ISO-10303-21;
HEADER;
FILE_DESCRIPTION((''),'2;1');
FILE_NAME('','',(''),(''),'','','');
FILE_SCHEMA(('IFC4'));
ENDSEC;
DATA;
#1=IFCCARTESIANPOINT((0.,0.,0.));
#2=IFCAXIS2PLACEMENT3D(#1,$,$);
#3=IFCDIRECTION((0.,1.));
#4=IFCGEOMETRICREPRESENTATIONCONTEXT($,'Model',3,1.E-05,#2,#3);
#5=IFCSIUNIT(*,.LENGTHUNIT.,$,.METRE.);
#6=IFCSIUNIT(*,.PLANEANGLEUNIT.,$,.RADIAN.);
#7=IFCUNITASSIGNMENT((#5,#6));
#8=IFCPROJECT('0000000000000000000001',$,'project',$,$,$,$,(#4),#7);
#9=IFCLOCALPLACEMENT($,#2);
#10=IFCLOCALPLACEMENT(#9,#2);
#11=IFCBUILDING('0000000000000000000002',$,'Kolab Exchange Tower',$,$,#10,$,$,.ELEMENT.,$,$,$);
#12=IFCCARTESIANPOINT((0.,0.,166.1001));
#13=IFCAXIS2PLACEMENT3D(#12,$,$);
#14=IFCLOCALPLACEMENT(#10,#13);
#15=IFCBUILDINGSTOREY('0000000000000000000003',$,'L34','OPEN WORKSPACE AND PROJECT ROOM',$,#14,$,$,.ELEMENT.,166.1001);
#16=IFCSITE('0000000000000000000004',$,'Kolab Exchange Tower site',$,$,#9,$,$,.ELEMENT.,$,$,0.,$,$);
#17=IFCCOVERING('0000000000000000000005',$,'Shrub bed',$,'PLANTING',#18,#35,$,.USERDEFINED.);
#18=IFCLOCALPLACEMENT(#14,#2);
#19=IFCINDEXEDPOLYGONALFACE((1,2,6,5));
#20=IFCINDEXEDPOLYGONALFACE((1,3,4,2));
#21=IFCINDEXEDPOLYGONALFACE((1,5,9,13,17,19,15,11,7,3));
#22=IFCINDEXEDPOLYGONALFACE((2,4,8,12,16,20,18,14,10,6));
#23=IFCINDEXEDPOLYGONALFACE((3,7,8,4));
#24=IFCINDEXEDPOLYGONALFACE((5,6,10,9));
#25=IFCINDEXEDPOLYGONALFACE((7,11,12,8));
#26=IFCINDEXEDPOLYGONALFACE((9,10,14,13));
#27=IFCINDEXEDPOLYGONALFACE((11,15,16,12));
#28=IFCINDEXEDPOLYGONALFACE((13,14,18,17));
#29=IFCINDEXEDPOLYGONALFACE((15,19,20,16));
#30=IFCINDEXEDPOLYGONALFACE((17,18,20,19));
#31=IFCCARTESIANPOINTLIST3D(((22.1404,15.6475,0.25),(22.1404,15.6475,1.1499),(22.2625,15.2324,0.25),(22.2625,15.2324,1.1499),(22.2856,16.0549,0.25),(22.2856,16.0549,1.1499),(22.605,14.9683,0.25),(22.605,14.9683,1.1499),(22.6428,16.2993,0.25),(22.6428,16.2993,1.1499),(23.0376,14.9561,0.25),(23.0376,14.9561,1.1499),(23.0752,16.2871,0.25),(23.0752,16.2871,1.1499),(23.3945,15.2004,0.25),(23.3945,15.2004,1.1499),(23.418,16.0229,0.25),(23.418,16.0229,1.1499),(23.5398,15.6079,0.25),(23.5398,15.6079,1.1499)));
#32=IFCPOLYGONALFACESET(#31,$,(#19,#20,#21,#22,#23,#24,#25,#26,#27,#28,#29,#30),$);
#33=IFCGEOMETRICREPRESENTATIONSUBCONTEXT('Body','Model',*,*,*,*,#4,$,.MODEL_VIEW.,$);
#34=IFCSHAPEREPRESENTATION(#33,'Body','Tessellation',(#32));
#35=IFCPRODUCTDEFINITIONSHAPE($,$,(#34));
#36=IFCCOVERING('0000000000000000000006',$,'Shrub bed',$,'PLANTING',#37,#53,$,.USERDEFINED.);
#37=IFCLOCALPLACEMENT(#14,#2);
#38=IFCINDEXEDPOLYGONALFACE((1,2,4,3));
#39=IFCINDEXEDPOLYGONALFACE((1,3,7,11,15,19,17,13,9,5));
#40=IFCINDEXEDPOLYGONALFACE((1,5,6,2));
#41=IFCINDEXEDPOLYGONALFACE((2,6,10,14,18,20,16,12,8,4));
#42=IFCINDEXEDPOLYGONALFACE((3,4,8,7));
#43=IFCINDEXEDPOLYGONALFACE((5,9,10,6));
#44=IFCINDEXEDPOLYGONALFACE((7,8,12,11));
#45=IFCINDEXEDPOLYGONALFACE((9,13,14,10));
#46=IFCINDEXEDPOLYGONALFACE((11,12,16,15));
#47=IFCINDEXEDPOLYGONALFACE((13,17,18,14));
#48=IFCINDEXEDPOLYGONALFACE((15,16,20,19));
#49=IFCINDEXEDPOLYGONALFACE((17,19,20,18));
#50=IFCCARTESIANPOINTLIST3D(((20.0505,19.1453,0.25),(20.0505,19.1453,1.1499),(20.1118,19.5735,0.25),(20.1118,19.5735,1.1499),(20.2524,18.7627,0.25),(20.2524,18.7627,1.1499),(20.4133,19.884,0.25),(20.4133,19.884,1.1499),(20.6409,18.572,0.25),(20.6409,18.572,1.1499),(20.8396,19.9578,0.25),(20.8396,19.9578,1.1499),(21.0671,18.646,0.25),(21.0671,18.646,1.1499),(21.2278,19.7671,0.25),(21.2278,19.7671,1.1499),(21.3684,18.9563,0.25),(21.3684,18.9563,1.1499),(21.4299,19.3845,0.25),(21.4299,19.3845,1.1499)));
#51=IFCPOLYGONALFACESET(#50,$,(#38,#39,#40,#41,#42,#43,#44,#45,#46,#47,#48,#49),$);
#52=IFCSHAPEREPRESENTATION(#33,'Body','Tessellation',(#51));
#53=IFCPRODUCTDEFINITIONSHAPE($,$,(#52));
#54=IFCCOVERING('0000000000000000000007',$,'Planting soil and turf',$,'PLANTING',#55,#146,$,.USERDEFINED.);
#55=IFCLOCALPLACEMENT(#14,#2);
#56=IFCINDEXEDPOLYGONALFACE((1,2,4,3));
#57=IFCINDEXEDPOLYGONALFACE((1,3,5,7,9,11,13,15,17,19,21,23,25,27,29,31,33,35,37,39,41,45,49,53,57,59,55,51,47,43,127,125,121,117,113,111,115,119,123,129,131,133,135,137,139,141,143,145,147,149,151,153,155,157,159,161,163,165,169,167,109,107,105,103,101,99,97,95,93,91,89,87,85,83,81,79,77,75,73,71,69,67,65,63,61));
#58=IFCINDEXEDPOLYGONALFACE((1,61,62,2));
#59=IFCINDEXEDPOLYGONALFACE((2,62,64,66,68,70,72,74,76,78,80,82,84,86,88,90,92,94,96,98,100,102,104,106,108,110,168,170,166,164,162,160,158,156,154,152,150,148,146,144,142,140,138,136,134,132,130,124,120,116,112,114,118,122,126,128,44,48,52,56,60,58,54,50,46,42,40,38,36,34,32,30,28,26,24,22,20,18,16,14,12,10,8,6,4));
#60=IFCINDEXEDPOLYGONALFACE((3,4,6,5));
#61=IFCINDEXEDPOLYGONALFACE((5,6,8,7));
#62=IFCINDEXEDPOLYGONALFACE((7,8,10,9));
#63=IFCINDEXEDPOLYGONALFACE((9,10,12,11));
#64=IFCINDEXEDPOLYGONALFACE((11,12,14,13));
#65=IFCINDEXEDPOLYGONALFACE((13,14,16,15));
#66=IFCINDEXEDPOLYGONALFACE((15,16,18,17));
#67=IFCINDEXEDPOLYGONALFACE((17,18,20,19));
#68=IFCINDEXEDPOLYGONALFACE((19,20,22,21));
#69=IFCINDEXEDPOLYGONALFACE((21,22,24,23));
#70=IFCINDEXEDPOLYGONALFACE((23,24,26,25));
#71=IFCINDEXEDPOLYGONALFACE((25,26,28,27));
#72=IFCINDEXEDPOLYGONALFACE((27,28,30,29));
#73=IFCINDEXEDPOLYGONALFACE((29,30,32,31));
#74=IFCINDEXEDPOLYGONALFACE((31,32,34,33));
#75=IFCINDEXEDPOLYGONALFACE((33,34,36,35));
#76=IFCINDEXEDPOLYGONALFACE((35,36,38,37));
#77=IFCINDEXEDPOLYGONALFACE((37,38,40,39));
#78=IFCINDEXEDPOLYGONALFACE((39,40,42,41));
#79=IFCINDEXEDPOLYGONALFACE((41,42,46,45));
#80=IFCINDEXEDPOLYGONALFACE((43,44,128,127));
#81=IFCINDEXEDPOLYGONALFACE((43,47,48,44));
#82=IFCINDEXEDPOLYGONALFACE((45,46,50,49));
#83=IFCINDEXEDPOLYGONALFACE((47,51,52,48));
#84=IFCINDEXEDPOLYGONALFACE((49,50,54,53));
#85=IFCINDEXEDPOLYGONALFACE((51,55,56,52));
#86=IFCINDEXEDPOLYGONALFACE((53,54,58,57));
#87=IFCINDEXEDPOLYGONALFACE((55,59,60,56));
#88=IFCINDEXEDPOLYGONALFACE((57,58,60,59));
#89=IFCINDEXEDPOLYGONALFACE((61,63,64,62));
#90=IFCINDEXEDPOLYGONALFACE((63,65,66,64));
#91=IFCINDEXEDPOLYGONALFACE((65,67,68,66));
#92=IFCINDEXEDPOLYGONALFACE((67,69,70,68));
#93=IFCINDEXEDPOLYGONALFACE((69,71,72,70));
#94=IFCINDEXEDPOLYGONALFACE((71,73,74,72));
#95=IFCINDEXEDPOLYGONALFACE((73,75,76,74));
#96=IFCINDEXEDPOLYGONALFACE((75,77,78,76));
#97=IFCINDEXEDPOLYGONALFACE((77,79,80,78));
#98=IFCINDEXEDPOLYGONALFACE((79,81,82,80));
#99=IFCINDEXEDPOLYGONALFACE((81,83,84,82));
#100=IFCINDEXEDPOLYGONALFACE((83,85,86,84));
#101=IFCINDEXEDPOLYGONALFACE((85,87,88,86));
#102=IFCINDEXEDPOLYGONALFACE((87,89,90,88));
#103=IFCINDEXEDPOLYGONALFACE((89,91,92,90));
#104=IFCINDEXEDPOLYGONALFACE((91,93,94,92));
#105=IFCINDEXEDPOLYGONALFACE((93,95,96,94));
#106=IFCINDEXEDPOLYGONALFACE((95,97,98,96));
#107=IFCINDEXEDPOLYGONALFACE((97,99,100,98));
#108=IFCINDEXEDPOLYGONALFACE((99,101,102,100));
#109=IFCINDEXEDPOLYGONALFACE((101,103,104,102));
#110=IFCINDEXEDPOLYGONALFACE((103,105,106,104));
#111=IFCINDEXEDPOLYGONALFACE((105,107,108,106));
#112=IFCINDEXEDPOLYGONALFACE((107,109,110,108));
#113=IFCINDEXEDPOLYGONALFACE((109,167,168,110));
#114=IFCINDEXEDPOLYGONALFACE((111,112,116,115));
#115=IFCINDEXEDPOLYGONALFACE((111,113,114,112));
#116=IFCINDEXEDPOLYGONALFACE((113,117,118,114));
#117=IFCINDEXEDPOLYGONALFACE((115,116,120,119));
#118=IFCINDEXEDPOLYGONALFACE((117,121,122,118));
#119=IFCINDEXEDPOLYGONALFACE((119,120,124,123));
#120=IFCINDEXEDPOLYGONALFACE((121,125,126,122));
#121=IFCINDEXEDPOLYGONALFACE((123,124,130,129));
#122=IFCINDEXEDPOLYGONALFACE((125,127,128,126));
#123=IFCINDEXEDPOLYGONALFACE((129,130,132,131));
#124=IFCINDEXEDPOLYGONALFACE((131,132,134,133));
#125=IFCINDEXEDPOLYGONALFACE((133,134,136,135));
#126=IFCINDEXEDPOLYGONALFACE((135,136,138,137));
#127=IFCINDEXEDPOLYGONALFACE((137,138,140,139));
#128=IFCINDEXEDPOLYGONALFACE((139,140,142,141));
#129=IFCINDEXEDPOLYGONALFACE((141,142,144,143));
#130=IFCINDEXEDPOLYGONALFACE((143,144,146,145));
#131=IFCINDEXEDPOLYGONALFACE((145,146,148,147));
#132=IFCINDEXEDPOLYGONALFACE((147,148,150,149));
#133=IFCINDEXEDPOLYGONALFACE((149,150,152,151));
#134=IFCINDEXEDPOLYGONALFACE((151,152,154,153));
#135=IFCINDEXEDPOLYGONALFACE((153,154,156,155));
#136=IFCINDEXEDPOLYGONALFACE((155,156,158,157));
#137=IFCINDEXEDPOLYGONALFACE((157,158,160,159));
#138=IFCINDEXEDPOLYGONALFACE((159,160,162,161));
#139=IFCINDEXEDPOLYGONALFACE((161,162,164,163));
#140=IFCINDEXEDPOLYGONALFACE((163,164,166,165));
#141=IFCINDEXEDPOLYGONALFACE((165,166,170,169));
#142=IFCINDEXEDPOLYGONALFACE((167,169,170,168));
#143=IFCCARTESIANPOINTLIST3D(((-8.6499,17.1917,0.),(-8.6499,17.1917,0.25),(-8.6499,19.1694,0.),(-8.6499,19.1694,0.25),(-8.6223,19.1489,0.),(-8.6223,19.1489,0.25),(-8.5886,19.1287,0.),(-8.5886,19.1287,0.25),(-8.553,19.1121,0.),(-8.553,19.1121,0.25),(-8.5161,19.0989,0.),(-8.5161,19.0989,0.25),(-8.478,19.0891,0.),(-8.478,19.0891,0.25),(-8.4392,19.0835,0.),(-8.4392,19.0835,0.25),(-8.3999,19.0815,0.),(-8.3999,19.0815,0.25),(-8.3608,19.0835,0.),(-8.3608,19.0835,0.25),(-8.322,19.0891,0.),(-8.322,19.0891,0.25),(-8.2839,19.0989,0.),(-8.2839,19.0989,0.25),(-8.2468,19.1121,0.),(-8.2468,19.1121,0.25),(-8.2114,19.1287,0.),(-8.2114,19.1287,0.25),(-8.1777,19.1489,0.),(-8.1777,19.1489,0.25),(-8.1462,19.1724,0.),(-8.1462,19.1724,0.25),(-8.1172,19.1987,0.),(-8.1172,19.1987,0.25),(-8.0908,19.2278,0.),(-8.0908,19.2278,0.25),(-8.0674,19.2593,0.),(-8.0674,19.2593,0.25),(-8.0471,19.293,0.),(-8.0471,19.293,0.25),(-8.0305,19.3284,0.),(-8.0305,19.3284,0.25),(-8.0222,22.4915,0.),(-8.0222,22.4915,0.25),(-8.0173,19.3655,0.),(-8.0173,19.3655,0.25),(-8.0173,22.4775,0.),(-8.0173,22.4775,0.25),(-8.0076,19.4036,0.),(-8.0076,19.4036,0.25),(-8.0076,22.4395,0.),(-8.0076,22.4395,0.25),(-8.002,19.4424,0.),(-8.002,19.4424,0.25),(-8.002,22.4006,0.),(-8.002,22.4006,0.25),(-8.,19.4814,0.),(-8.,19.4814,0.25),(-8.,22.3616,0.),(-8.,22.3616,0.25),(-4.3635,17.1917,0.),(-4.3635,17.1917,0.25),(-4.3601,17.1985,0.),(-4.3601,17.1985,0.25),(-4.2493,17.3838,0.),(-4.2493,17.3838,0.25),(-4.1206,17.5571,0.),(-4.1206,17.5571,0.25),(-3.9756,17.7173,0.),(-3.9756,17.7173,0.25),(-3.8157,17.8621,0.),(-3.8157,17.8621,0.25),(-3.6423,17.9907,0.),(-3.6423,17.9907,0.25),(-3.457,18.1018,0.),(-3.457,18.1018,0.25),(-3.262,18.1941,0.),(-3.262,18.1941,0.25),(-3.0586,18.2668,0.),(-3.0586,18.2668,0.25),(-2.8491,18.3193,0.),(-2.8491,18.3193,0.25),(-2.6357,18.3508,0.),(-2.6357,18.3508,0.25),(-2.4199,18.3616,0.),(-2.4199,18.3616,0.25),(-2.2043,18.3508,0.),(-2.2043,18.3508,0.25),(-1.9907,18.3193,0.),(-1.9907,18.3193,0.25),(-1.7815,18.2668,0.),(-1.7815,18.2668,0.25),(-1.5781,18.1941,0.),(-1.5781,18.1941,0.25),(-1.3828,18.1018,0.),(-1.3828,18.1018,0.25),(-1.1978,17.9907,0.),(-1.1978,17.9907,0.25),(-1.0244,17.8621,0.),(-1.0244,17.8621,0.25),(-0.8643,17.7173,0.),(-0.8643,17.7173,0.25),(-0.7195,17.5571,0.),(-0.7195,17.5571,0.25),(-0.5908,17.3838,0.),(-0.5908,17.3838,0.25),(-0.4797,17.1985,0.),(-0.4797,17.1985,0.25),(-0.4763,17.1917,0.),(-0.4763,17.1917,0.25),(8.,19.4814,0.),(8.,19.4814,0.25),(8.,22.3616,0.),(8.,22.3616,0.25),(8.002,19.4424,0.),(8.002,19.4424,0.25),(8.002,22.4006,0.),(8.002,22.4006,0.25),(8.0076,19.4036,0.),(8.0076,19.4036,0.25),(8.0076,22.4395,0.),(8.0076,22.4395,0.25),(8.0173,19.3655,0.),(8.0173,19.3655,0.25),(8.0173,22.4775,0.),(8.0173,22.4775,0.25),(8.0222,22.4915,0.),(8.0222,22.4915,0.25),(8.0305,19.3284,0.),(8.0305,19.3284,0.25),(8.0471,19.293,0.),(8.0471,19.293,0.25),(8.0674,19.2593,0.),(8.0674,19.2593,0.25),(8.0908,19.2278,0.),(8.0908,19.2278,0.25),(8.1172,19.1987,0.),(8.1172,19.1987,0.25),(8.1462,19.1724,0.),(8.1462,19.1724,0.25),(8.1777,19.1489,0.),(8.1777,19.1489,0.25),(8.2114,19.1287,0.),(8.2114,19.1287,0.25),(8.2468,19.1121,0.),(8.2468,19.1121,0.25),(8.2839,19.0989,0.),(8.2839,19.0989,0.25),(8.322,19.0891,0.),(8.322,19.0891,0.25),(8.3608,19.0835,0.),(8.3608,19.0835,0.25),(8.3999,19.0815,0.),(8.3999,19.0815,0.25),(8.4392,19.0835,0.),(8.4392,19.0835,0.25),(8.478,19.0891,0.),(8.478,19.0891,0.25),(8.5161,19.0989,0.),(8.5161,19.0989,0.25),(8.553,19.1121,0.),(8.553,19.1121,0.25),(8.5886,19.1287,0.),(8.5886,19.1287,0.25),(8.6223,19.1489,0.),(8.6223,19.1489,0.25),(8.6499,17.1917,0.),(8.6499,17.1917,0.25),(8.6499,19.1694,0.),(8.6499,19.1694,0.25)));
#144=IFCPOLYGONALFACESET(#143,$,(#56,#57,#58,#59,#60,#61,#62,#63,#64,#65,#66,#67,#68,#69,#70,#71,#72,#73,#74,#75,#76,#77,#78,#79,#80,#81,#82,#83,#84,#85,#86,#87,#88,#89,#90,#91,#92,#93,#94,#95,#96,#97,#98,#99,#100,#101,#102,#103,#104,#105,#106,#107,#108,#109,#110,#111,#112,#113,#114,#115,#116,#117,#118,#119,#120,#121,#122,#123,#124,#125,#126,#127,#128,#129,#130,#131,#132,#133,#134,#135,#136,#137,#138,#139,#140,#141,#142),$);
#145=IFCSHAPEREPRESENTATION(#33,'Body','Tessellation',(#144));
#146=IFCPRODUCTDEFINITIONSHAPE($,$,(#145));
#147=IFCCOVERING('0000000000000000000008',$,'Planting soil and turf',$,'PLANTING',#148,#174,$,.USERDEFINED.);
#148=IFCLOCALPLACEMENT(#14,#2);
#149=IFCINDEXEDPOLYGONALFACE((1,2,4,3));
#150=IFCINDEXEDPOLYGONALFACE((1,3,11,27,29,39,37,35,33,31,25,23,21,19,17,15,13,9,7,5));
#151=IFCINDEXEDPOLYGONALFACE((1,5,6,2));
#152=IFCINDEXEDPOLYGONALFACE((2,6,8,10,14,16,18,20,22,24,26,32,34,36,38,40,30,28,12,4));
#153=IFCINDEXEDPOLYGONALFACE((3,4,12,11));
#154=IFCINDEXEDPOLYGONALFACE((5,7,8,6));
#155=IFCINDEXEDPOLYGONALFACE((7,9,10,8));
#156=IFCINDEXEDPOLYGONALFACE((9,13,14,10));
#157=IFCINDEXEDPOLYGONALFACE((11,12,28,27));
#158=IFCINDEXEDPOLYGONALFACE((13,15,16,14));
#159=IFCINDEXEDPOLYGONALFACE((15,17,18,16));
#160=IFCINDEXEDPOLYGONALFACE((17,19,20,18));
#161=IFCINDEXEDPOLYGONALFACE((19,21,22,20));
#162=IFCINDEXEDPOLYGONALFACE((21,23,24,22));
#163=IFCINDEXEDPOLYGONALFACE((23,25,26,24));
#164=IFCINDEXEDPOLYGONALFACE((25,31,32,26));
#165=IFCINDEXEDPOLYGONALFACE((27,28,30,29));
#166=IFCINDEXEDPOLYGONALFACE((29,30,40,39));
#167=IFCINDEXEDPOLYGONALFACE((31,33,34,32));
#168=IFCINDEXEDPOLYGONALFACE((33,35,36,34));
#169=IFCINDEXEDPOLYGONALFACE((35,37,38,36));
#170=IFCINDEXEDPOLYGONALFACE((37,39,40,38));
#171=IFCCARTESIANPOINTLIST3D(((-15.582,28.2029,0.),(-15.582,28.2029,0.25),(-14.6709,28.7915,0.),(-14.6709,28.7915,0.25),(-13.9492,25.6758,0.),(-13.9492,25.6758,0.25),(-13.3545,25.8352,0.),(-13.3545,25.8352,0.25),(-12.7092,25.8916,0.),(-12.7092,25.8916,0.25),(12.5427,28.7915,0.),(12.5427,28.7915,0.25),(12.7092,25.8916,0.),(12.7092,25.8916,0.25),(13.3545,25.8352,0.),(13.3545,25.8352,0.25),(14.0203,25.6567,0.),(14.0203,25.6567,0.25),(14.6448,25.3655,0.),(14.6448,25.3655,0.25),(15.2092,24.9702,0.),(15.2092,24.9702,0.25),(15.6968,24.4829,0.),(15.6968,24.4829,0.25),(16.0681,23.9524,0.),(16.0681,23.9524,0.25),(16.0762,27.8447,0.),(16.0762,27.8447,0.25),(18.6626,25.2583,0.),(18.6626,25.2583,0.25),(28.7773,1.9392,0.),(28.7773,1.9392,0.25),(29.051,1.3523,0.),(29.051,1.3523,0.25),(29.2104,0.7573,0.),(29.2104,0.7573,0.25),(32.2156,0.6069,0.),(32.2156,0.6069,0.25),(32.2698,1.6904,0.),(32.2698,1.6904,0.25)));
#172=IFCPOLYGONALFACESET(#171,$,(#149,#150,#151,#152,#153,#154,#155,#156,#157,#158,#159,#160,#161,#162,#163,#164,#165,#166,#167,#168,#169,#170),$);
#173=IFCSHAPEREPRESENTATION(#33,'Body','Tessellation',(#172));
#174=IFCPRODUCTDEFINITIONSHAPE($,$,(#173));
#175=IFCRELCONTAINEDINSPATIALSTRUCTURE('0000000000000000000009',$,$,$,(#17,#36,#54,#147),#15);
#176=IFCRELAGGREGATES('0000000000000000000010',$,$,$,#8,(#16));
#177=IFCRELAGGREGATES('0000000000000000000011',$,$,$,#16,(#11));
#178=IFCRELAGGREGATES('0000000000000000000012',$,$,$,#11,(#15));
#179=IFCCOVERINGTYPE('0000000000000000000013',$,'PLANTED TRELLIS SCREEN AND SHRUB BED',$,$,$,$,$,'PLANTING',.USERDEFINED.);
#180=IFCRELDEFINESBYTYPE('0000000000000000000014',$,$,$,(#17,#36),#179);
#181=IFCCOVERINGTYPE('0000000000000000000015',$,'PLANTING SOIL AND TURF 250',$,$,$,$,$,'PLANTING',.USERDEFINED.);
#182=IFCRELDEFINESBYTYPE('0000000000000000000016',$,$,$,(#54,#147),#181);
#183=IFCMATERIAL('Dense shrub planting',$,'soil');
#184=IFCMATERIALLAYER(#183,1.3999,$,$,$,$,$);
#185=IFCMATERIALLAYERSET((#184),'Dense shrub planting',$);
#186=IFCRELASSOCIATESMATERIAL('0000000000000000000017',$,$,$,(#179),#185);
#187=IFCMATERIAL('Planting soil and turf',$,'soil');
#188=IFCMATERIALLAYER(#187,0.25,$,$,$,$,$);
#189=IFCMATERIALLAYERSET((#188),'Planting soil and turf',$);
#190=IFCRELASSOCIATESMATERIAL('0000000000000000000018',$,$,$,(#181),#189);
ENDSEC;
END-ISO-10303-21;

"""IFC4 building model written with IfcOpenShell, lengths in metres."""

from ifc_helpers import new_model, si_unit, direction, frame, origin, place, context, subcontext, project, spatial, polyline, outline, extrude, material, layer, layer_set, type_object, element, save


model = new_model("IFC4")

# Units and contexts
model_context = context("Model", 3, precision=1e-05, world=origin(), true_north=direction((0.0, 1.0)))
body_context = subcontext(model_context, "Body", "Model", "MODEL_VIEW")
ifc_project = project(units=[si_unit("LENGTHUNIT", "METRE"), si_unit("PLANEANGLEUNIT", "RADIAN")], contexts=[model_context])

# Site, building, storey
site_placement = place(None, origin())
site = spatial("IfcSite", under=ifc_project, at=site_placement, Name="Kolab Exchange Tower site", CompositionType="ELEMENT", RefElevation=0.0)
building_placement = place(site_placement, origin())
building = spatial("IfcBuilding", under=site, at=building_placement, Name="Kolab Exchange Tower", CompositionType="ELEMENT")
storey_placement = place(building_placement, frame((0.0, 0.0, 166.1001)))
storey = spatial("IfcBuildingStorey", under=building, at=storey_placement, Name="L34", Description="OPEN WORKSPACE AND PROJECT ROOM", CompositionType="ELEMENT", Elevation=166.1001)

# Coverings
ifc_material_1 = material(Name="Dense shrub planting", Category="soil")
ifc_layer_1 = layer(ifc_material_1, 1.3999)
ifc_layer_set_1 = layer_set([ifc_layer_1], Name="Dense shrub planting")
covering_type_1 = type_object("IfcCoveringType", Name="PLANTED TRELLIS SCREEN AND SHRUB BED", ElementType="PLANTING", PredefinedType="USERDEFINED", material=ifc_layer_set_1)
covering_1_placement = place(storey_placement, frame((0.0, 0.0, 0.25)))
element("IfcCovering", 1, at=covering_1_placement, inside=storey, type_object=covering_type_1, Name="Shrub bed", ObjectType="PLANTING", PredefinedType="USERDEFINED", context=body_context, shape_type="SweptSolid", body=[
    extrude(outline(polyline([(23.418, 16.0229), (23.0752, 16.2871), (22.6428, 16.2993), (22.2856, 16.0549), (22.1404, 15.6475), (22.2625, 15.2324), (22.605, 14.9683), (23.0376, 14.9561), (23.3945, 15.2004), (23.5398, 15.6079), (23.418, 16.0229)])), origin(), (0.0, 0.0, 1.0), 0.8999),
])
covering_2_placement = place(storey_placement, frame((0.0, 0.0, 0.25)))
element("IfcCovering", 2, at=covering_2_placement, inside=storey, type_object=covering_type_1, Name="Shrub bed", ObjectType="PLANTING", PredefinedType="USERDEFINED", context=body_context, shape_type="SweptSolid", body=[
    extrude(outline(polyline([(21.2278, 19.7671), (20.8396, 19.9578), (20.4133, 19.884), (20.1118, 19.5735), (20.0505, 19.1453), (20.2524, 18.7627), (20.6409, 18.572), (21.0671, 18.646), (21.3684, 18.9563), (21.4299, 19.3845), (21.2278, 19.7671)])), origin(), (0.0, 0.0, 1.0), 0.8999),
])
ifc_material_2 = material(Name="Planting soil and turf", Category="soil")
ifc_layer_2 = layer(ifc_material_2, 0.25)
ifc_layer_set_2 = layer_set([ifc_layer_2], Name="Planting soil and turf")
covering_type_2 = type_object("IfcCoveringType", Name="PLANTING SOIL AND TURF 250", ElementType="PLANTING", PredefinedType="USERDEFINED", material=ifc_layer_set_2)
covering_3_placement = place(storey_placement, origin())
element("IfcCovering", 3, at=covering_3_placement, inside=storey, type_object=covering_type_2, Name="Planting soil and turf", ObjectType="PLANTING", PredefinedType="USERDEFINED", context=body_context, shape_type="SweptSolid", body=[
    extrude(outline(polyline([(-8.6499, 19.1694), (-8.6223, 19.1489), (-8.5886, 19.1287), (-8.553, 19.1121), (-8.5161, 19.0989), (-8.478, 19.0891), (-8.4392, 19.0835), (-8.3999, 19.0815), (-8.3608, 19.0835), (-8.322, 19.0891), (-8.2839, 19.0989), (-8.2468, 19.1121), (-8.2114, 19.1287), (-8.1777, 19.1489), (-8.1462, 19.1724), (-8.1172, 19.1987), (-8.0908, 19.2278), (-8.0674, 19.2593), (-8.0471, 19.293), (-8.0305, 19.3284), (-8.0173, 19.3655), (-8.0076, 19.4036), (-8.002, 19.4424), (-8.0, 19.4814), (-8.0, 22.3616), (-8.002, 22.4006), (-8.0076, 22.4395), (-8.0173, 22.4775), (-8.0222, 22.4915), (8.0222, 22.4915), (8.0173, 22.4775), (8.0076, 22.4395), (8.002, 22.4006), (8.0, 22.3616), (8.0, 19.4814), (8.002, 19.4424), (8.0076, 19.4036), (8.0173, 19.3655), (8.0305, 19.3284), (8.0471, 19.293), (8.0674, 19.2593), (8.0908, 19.2278), (8.1172, 19.1987), (8.1462, 19.1724), (8.1777, 19.1489), (8.2114, 19.1287), (8.2468, 19.1121), (8.2839, 19.0989), (8.322, 19.0891), (8.3608, 19.0835), (8.3999, 19.0815), (8.4392, 19.0835), (8.478, 19.0891), (8.5161, 19.0989), (8.553, 19.1121), (8.5886, 19.1287), (8.6223, 19.1489), (8.6499, 19.1694), (8.6499, 17.1917), (-0.4763, 17.1917), (-0.4797, 17.1985), (-0.5908, 17.3838), (-0.7195, 17.5571), (-0.8643, 17.7173), (-1.0244, 17.8621), (-1.1978, 17.9907), (-1.3828, 18.1018), (-1.5781, 18.1941), (-1.7815, 18.2668), (-1.9907, 18.3193), (-2.2043, 18.3508), (-2.4199, 18.3616), (-2.6357, 18.3508), (-2.8491, 18.3193), (-3.0586, 18.2668), (-3.262, 18.1941), (-3.457, 18.1018), (-3.6423, 17.9907), (-3.8157, 17.8621), (-3.9756, 17.7173), (-4.1206, 17.5571), (-4.2493, 17.3838), (-4.3601, 17.1985), (-4.3635, 17.1917), (-8.6499, 17.1917), (-8.6499, 19.1694)])), origin(), (0.0, 0.0, 1.0), 0.25),
])
covering_4_placement = place(storey_placement, origin())
element("IfcCovering", 4, at=covering_4_placement, inside=storey, type_object=covering_type_2, Name="Planting soil and turf", ObjectType="PLANTING", PredefinedType="USERDEFINED", context=body_context, shape_type="SweptSolid", body=[
    extrude(outline(polyline([(-15.582, 28.2029), (-14.6709, 28.7915), (12.5427, 28.7915), (16.0762, 27.8447), (18.6626, 25.2583), (32.2698, 1.6904), (32.2156, 0.6069), (29.2104, 0.7573), (29.051, 1.3523), (28.7773, 1.9392), (16.0681, 23.9524), (15.6968, 24.4829), (15.2092, 24.9702), (14.6448, 25.3655), (14.0203, 25.6567), (13.3545, 25.8352), (12.7092, 25.8916), (-12.7092, 25.8916), (-13.3545, 25.8352), (-13.9492, 25.6758), (-15.582, 28.2029)])), origin(), (0.0, 0.0, 1.0), 0.25),
])

save(model, "model.ifc")
